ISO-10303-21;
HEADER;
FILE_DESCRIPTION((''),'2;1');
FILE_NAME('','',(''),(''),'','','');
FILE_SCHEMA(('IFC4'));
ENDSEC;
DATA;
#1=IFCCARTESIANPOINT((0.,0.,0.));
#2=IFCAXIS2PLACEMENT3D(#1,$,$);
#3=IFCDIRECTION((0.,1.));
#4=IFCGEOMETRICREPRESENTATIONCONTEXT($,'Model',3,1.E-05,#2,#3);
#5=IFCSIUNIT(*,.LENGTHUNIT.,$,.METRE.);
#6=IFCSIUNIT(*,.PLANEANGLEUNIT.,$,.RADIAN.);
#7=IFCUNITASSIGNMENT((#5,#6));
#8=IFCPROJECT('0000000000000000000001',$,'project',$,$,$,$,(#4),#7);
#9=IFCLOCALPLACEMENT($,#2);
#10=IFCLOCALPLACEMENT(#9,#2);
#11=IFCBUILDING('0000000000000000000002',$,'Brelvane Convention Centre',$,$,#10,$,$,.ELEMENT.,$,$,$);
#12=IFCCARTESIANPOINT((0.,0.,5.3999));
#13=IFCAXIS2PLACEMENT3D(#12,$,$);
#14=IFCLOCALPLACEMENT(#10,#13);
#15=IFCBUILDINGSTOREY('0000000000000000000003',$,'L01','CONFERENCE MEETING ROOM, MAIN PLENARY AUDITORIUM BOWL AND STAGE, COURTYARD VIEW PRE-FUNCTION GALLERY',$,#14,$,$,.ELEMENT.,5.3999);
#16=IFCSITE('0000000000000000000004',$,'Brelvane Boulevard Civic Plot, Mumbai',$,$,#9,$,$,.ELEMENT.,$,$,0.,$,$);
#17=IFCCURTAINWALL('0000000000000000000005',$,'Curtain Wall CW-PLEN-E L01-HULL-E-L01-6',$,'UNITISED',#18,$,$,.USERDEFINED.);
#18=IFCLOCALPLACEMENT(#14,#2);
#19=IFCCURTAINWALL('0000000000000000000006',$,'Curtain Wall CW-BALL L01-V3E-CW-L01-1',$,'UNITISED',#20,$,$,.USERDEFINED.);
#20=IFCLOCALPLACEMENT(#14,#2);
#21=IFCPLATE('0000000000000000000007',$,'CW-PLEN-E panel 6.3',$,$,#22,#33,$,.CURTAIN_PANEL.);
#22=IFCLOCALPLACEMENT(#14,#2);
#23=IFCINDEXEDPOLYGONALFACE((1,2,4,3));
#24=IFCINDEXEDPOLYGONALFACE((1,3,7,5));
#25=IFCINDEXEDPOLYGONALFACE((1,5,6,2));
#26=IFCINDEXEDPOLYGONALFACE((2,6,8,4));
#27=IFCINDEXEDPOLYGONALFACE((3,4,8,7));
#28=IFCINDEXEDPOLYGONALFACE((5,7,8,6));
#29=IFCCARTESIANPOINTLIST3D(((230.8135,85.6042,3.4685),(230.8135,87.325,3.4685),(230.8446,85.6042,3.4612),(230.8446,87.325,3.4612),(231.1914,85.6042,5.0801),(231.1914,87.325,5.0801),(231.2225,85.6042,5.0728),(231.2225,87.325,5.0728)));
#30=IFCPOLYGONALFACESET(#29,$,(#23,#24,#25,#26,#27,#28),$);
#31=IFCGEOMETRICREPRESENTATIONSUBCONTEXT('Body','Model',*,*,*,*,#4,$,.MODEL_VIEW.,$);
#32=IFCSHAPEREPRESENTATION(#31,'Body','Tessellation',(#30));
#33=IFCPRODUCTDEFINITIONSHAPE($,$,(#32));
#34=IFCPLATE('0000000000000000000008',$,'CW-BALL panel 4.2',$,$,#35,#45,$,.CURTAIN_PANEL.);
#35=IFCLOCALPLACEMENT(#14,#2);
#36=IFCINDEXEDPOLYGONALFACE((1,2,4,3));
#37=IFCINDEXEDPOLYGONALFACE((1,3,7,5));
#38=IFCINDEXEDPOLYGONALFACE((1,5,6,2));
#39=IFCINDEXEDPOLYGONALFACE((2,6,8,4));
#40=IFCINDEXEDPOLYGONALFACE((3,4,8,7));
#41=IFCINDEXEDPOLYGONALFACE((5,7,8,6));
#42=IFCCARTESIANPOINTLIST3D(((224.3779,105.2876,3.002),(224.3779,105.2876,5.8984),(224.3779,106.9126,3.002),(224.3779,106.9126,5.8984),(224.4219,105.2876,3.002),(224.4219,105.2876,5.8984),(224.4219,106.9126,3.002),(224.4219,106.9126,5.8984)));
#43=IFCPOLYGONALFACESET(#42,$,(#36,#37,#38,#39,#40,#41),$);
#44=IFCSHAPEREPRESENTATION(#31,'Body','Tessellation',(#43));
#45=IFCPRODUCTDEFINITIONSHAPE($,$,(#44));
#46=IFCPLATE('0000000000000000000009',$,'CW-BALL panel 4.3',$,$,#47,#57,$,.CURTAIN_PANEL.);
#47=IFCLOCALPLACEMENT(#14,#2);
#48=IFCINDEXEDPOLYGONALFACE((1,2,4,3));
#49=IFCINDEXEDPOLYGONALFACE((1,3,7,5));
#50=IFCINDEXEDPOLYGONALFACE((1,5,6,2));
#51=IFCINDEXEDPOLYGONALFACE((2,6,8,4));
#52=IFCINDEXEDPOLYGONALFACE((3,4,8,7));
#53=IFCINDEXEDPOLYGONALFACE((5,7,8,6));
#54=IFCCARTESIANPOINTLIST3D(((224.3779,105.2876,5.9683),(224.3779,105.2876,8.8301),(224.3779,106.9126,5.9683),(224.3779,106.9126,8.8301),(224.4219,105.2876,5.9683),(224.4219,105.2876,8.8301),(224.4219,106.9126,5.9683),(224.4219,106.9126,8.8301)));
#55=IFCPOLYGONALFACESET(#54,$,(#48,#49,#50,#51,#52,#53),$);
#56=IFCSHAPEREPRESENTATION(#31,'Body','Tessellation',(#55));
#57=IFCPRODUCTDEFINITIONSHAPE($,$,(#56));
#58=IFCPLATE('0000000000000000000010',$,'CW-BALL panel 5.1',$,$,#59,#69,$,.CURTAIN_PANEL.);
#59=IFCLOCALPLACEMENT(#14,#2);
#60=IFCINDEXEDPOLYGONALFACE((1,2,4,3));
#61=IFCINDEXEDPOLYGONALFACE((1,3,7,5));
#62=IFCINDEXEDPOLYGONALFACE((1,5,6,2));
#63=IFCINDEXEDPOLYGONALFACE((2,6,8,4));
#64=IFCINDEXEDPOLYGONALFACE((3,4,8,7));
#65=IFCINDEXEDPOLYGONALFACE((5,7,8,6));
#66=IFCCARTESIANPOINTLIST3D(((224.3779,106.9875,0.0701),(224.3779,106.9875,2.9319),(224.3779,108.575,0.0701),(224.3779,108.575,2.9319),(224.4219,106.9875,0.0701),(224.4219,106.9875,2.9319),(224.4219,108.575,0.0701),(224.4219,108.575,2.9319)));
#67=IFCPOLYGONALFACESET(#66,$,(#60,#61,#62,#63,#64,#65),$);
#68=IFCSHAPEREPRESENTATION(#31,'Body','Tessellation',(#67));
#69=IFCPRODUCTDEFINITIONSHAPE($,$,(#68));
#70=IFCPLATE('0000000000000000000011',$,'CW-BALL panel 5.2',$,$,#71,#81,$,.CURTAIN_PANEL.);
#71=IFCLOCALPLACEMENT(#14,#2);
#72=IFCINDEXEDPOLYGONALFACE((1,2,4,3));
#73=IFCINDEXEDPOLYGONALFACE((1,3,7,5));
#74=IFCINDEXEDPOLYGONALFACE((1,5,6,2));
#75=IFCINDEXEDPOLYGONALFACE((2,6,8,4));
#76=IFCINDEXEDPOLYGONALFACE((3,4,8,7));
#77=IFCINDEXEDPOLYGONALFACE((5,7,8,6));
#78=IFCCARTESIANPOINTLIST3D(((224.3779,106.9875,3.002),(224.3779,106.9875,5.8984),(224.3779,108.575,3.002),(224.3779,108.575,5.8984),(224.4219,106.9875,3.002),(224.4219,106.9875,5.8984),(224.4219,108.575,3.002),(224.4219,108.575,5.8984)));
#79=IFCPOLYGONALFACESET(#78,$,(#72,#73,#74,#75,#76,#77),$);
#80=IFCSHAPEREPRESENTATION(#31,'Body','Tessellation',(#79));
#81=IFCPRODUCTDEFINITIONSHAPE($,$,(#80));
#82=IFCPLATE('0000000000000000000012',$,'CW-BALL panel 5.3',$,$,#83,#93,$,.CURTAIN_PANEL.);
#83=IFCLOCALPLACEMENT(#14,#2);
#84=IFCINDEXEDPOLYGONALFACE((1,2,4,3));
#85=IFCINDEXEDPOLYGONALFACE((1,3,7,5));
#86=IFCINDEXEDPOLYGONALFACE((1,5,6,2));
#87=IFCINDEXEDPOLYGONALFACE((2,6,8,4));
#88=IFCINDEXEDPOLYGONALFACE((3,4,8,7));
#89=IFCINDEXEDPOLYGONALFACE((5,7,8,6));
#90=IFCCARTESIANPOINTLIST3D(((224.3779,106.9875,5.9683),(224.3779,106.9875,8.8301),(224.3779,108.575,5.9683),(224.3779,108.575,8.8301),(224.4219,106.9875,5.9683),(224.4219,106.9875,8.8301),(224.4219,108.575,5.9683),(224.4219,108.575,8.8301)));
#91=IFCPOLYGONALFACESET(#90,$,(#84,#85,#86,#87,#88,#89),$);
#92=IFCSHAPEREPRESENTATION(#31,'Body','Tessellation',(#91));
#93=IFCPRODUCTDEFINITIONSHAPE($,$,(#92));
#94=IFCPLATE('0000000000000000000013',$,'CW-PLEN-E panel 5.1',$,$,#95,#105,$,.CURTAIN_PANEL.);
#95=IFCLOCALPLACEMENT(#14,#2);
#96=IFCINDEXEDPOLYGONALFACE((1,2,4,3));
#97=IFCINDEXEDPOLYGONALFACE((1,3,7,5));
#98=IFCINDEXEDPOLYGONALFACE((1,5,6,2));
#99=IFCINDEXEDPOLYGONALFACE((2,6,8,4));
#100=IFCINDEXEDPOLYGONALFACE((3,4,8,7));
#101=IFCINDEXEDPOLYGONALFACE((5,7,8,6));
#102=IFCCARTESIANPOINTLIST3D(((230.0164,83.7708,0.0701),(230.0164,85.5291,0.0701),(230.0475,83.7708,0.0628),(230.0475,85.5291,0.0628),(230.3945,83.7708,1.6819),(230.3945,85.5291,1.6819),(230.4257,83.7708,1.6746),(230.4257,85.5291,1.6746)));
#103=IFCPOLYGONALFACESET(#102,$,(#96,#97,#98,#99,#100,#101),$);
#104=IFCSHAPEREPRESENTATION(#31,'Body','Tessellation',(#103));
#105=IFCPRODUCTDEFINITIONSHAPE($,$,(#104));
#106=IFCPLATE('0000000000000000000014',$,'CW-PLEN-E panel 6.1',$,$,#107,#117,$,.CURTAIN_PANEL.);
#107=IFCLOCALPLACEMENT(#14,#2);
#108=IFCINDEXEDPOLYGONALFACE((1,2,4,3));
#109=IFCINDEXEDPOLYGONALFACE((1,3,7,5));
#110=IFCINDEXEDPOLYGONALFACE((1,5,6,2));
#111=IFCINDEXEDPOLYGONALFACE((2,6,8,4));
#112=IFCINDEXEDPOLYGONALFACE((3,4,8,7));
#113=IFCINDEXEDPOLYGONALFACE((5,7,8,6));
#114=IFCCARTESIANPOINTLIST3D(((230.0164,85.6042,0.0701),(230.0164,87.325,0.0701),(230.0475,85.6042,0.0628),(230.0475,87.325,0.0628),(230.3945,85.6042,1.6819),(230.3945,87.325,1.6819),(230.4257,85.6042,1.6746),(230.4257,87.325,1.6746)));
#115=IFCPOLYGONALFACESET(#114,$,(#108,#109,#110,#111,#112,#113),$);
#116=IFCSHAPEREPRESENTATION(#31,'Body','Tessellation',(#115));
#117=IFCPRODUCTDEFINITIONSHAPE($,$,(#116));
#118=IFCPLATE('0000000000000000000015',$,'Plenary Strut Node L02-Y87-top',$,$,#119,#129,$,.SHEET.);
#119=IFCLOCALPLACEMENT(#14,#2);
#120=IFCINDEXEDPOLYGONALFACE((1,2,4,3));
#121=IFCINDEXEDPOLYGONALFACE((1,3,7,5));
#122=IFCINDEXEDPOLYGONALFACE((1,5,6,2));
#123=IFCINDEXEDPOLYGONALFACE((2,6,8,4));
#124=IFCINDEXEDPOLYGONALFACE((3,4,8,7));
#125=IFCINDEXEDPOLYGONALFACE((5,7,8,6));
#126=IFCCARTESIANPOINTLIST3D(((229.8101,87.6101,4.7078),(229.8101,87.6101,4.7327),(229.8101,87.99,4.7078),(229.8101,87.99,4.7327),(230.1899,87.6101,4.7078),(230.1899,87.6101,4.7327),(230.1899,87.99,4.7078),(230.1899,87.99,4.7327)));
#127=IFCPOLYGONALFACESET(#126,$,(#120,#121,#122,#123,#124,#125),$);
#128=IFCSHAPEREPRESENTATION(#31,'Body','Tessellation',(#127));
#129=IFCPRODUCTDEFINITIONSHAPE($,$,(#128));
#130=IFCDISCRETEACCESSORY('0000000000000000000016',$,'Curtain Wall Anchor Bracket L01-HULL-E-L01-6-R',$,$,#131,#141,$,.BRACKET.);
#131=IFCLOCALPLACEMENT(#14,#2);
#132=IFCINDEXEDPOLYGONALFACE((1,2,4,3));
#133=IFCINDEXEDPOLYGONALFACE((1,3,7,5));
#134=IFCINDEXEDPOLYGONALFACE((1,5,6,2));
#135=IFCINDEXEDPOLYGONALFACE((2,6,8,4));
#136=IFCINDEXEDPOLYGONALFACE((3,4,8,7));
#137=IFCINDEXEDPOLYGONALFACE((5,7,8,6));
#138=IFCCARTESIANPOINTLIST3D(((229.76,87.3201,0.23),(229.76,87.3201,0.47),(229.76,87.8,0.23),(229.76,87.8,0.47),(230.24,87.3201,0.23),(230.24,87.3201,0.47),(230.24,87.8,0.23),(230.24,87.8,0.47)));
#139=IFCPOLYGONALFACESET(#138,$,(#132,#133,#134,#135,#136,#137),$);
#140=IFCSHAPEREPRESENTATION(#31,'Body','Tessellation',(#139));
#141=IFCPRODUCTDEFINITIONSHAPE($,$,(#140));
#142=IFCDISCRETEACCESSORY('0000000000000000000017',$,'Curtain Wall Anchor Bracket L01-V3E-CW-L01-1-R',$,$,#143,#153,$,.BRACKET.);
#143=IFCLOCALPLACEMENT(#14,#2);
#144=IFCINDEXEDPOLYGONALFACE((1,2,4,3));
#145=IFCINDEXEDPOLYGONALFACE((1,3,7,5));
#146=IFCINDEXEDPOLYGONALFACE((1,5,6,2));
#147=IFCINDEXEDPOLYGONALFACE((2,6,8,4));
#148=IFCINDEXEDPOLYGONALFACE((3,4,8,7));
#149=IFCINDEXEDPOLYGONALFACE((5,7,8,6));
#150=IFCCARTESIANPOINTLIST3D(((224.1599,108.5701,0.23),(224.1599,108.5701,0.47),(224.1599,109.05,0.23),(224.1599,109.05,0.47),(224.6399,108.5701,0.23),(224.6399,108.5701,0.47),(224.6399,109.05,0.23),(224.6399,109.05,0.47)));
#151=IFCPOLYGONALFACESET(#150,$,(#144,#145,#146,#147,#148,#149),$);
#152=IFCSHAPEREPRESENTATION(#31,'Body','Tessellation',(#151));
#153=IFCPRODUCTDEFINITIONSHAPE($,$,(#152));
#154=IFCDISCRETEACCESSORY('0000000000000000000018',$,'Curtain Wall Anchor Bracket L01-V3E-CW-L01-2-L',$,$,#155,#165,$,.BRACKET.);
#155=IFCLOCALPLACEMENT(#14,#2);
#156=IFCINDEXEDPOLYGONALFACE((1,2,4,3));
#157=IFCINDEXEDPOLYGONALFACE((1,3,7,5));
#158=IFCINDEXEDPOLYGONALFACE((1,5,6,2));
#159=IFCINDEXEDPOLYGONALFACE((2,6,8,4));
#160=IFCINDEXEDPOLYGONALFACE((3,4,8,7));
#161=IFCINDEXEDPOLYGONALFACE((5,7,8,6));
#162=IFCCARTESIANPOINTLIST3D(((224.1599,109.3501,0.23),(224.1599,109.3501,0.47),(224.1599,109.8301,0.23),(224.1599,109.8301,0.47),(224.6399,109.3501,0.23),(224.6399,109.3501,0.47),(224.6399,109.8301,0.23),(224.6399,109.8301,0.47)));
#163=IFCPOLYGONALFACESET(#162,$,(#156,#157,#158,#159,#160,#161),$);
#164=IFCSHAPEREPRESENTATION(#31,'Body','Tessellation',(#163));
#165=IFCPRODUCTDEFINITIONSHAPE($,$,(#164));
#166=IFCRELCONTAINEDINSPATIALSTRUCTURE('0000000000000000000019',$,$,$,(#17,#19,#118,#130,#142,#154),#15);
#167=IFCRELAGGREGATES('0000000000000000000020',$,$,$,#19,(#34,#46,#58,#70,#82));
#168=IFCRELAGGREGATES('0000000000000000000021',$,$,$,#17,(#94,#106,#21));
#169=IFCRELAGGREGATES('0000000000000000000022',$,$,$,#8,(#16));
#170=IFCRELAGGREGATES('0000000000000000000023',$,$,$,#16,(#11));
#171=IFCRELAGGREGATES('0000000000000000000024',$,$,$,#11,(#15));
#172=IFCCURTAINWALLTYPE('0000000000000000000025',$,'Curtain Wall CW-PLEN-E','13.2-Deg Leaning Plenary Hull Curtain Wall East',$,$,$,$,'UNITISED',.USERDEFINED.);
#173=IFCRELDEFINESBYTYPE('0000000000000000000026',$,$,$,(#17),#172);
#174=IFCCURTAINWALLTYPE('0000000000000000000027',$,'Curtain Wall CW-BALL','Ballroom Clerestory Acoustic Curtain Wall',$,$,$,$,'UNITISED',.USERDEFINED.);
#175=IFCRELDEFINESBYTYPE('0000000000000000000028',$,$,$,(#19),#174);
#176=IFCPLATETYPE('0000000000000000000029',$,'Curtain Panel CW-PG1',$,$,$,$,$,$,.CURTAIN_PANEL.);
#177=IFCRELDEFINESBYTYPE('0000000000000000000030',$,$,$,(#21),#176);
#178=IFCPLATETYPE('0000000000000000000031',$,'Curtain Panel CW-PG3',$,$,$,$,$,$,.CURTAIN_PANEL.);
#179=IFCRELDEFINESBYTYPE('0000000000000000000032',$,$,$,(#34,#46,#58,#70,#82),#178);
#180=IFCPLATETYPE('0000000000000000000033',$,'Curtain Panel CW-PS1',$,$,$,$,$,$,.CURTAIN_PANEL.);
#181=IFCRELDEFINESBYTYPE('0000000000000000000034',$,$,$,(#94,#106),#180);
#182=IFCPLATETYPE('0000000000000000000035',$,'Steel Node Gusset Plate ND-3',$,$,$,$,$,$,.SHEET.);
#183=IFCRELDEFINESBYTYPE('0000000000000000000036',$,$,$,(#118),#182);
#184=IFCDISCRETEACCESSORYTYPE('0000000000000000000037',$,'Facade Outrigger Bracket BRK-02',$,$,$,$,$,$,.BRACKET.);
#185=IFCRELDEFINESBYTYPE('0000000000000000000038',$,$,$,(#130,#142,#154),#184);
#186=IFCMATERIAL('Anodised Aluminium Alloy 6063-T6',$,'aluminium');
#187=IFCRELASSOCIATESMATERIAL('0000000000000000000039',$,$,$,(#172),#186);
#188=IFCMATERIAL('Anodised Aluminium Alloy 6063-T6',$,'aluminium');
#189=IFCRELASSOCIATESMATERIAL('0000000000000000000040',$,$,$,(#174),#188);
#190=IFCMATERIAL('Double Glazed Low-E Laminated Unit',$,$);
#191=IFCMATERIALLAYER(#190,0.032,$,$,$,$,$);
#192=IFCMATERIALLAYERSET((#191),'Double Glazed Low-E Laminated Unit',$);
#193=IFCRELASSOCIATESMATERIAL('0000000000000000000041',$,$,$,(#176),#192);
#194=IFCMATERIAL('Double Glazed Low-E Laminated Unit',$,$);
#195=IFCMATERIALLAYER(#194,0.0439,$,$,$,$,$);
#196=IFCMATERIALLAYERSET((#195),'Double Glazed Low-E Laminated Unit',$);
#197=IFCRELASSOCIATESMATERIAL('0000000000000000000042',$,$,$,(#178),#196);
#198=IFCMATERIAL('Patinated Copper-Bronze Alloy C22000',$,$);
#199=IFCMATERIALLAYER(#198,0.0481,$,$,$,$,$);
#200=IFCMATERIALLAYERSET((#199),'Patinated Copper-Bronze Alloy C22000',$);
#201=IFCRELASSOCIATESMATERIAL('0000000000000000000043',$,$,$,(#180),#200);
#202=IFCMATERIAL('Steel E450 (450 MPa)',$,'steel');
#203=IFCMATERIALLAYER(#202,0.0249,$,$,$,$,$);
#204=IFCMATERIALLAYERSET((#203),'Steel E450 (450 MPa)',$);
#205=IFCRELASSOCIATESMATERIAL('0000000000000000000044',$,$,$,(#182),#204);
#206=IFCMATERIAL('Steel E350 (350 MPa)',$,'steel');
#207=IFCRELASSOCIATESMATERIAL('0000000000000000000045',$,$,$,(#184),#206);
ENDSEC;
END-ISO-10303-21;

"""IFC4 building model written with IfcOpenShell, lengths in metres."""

from ifc_helpers import new_model, si_unit, direction, frame, origin, origin_2d, place, context, subcontext, project, spatial, polyline, rectangle, outline, extrude, material, layer, layer_set, type_object, element, aggregate, save


model = new_model("IFC4")

# Units and contexts
model_context = context("Model", 3, precision=1e-05, world=origin(), true_north=direction((0.0, 1.0)))
body_context = subcontext(model_context, "Body", "Model", "MODEL_VIEW")
ifc_project = project(units=[si_unit("LENGTHUNIT", "METRE"), si_unit("PLANEANGLEUNIT", "RADIAN")], contexts=[model_context])

# Site, building, storey
site_placement = place(None, origin())
site = spatial("IfcSite", under=ifc_project, at=site_placement, Name="Brelvane Boulevard Civic Plot, Mumbai", CompositionType="ELEMENT", RefElevation=0.0)
building_placement = place(site_placement, origin())
building = spatial("IfcBuilding", under=site, at=building_placement, Name="Brelvane Convention Centre", CompositionType="ELEMENT")
storey_placement = place(building_placement, frame((0.0, 0.0, 5.3999)))
storey = spatial("IfcBuildingStorey", under=building, at=storey_placement, Name="L01", Description="CONFERENCE MEETING ROOM, MAIN PLENARY AUDITORIUM BOWL AND STAGE, COURTYARD VIEW PRE-FUNCTION GALLERY", CompositionType="ELEMENT", Elevation=5.3999)

# Curtain walls
ifc_material_1 = material(Name="Anodised Aluminium Alloy 6063-T6", Category="aluminium")
curtain_wall_type_1 = type_object("IfcCurtainWallType", Name="Curtain Wall CW-PLEN-E", Description="13.2-Deg Leaning Plenary Hull Curtain Wall East", ElementType="UNITISED", PredefinedType="USERDEFINED", material=ifc_material_1)
curtain_wall_1_placement = place(storey_placement, origin())
curtain_wall_1 = element("IfcCurtainWall", 1, at=curtain_wall_1_placement, inside=storey, type_object=curtain_wall_type_1, Name="Curtain Wall CW-PLEN-E L01-HULL-E-L01-6", ObjectType="UNITISED", PredefinedType="USERDEFINED")
ifc_material_2 = material(Name="Anodised Aluminium Alloy 6063-T6", Category="aluminium")
curtain_wall_type_2 = type_object("IfcCurtainWallType", Name="Curtain Wall CW-BALL", Description="Ballroom Clerestory Acoustic Curtain Wall", ElementType="UNITISED", PredefinedType="USERDEFINED", material=ifc_material_2)
curtain_wall_2_placement = place(storey_placement, origin())
curtain_wall_2 = element("IfcCurtainWall", 2, at=curtain_wall_2_placement, inside=storey, type_object=curtain_wall_type_2, Name="Curtain Wall CW-BALL L01-V3E-CW-L01-1", ObjectType="UNITISED", PredefinedType="USERDEFINED")

# Plates
ifc_material_3 = material(Name="Double Glazed Low-E Laminated Unit")
ifc_layer_1 = layer(ifc_material_3, 0.032)
ifc_layer_set_1 = layer_set([ifc_layer_1], Name="Double Glazed Low-E Laminated Unit")
plate_type_1 = type_object("IfcPlateType", Name="Curtain Panel CW-PG1", PredefinedType="CURTAIN_PANEL", material=ifc_layer_set_1)
plate_1_placement = place(storey_placement, frame((230.8135, 85.6042, 3.4685), z_axis=(-0.973587, 0.0, 0.228316), x_axis=(0.0, 1.0, 0.0)))
plate_1 = element("IfcPlate", 3, at=plate_1_placement, type_object=plate_type_1, Name="CW-PLEN-E panel 6.3", PredefinedType="CURTAIN_PANEL", context=body_context, shape_type="SweptSolid", body=[
    extrude(outline(polyline([(0.0, 0.0), (1.7207, 0.0), (1.7207, -1.6553), (0.0, -1.6553), (0.0, 0.0)])), origin(), (0.0, 0.0, -1.0), 0.032),
])
ifc_material_4 = material(Name="Double Glazed Low-E Laminated Unit")
ifc_layer_2 = layer(ifc_material_4, 0.0439)
ifc_layer_set_2 = layer_set([ifc_layer_2], Name="Double Glazed Low-E Laminated Unit")
plate_type_2 = type_object("IfcPlateType", Name="Curtain Panel CW-PG3", PredefinedType="CURTAIN_PANEL", material=ifc_layer_set_2)
plate_2_placement = place(storey_placement, frame((224.3999, 106.1001, 3.002), z_axis=(0.0, 0.0, 1.0), x_axis=(0.0, 1.0, 0.0)))
plate_2 = element("IfcPlate", 4, at=plate_2_placement, type_object=plate_type_2, Name="CW-BALL panel 4.2", PredefinedType="CURTAIN_PANEL", context=body_context, shape_type="SweptSolid", body=[
    extrude(rectangle(XDim=1.625, YDim=0.0439, at=origin_2d()), origin(), (0.0, 0.0, 1.0), 2.8965),
])
plate_3_placement = place(storey_placement, frame((224.3999, 106.1001, 5.9683), z_axis=(0.0, 0.0, 1.0), x_axis=(0.0, 1.0, 0.0)))
plate_3 = element("IfcPlate", 5, at=plate_3_placement, type_object=plate_type_2, Name="CW-BALL panel 4.3", PredefinedType="CURTAIN_PANEL", context=body_context, shape_type="SweptSolid", body=[
    extrude(rectangle(XDim=1.625, YDim=0.0439, at=origin_2d()), origin(), (0.0, 0.0, 1.0), 2.8618),
])
plate_4_placement = place(storey_placement, frame((224.3999, 107.7812, 0.0701), z_axis=(0.0, 0.0, 1.0), x_axis=(0.0, 1.0, 0.0)))
plate_4 = element("IfcPlate", 6, at=plate_4_placement, type_object=plate_type_2, Name="CW-BALL panel 5.1", PredefinedType="CURTAIN_PANEL", context=body_context, shape_type="SweptSolid", body=[
    extrude(rectangle(XDim=1.5874, YDim=0.0439, at=origin_2d()), origin(), (0.0, 0.0, 1.0), 2.8618),
])
plate_5_placement = place(storey_placement, frame((224.3999, 107.7812, 3.002), z_axis=(0.0, 0.0, 1.0), x_axis=(0.0, 1.0, 0.0)))
plate_5 = element("IfcPlate", 7, at=plate_5_placement, type_object=plate_type_2, Name="CW-BALL panel 5.2", PredefinedType="CURTAIN_PANEL", context=body_context, shape_type="SweptSolid", body=[
    extrude(rectangle(XDim=1.5874, YDim=0.0439, at=origin_2d()), origin(), (0.0, 0.0, 1.0), 2.8965),
])
plate_6_placement = place(storey_placement, frame((224.3999, 107.7812, 5.9683), z_axis=(0.0, 0.0, 1.0), x_axis=(0.0, 1.0, 0.0)))
plate_6 = element("IfcPlate", 8, at=plate_6_placement, type_object=plate_type_2, Name="CW-BALL panel 5.3", PredefinedType="CURTAIN_PANEL", context=body_context, shape_type="SweptSolid", body=[
    extrude(rectangle(XDim=1.5874, YDim=0.0439, at=origin_2d()), origin(), (0.0, 0.0, 1.0), 2.8618),
])
aggregate(curtain_wall_2, [plate_2, plate_3, plate_4, plate_5, plate_6])
ifc_material_5 = material(Name="Patinated Copper-Bronze Alloy C22000")
ifc_layer_3 = layer(ifc_material_5, 0.0481)
ifc_layer_set_3 = layer_set([ifc_layer_3], Name="Patinated Copper-Bronze Alloy C22000")
plate_type_3 = type_object("IfcPlateType", Name="Curtain Panel CW-PS1", PredefinedType="CURTAIN_PANEL", material=ifc_layer_set_3)
plate_7_placement = place(storey_placement, frame((230.0164, 83.7708, 0.0701), z_axis=(-0.973562, 0.0, 0.228423), x_axis=(0.0, 1.0, 0.0)))
plate_7 = element("IfcPlate", 9, at=plate_7_placement, type_object=plate_type_3, Name="CW-PLEN-E panel 5.1", PredefinedType="CURTAIN_PANEL", context=body_context, shape_type="SweptSolid", body=[
    extrude(outline(polyline([(0.0, 0.0), (1.7583, 0.0), (1.7583, -1.6556), (0.0, -1.6556), (0.0, 0.0)])), origin(), (0.0, 0.0, -1.0), 0.032),
])
plate_8_placement = place(storey_placement, frame((230.0164, 85.6042, 0.0701), z_axis=(-0.973562, 0.0, 0.228423), x_axis=(0.0, 1.0, 0.0)))
plate_8 = element("IfcPlate", 10, at=plate_8_placement, type_object=plate_type_3, Name="CW-PLEN-E panel 6.1", PredefinedType="CURTAIN_PANEL", context=body_context, shape_type="SweptSolid", body=[
    extrude(outline(polyline([(0.0, 0.0), (1.7207, 0.0), (1.7207, -1.6556), (0.0, -1.6556), (0.0, 0.0)])), origin(), (0.0, 0.0, -1.0), 0.032),
])
aggregate(curtain_wall_1, [plate_7, plate_8, plate_1])
ifc_material_6 = material(Name="Steel E450 (450 MPa)", Category="steel")
ifc_layer_4 = layer(ifc_material_6, 0.0249)
ifc_layer_set_4 = layer_set([ifc_layer_4], Name="Steel E450 (450 MPa)")
plate_type_4 = type_object("IfcPlateType", Name="Steel Node Gusset Plate ND-3", PredefinedType="SHEET", material=ifc_layer_set_4)
plate_9_placement = place(storey_placement, frame((230.0, 87.8, 4.7078), z_axis=(0.0, 0.0, 1.0), x_axis=(1.0, 0.0, 0.0)))
element("IfcPlate", 11, at=plate_9_placement, inside=storey, type_object=plate_type_4, Name="Plenary Strut Node L02-Y87-top", PredefinedType="SHEET", context=body_context, shape_type="SweptSolid", body=[
    extrude(rectangle(XDim=0.3799, YDim=0.3799, at=origin_2d()), origin(), (0.0, 0.0, 1.0), 0.0249),
])

# Discrete accessories
ifc_material_7 = material(Name="Steel E350 (350 MPa)", Category="steel")
discrete_accessory_type = type_object("IfcDiscreteAccessoryType", Name="Facade Outrigger Bracket BRK-02", PredefinedType="BRACKET", material=ifc_material_7)
for number, where, z_axis, x_axis, name in (
    (12, (230.0, 87.5601, 0.23), (0.0, 0.0, 1.0), (1.0, 0.0, 0.0), "Curtain Wall Anchor Bracket L01-HULL-E-L01-6-R"),
    (13, (224.3999, 108.8101, 0.23), (0.0, 0.0, 1.0), (1.0, 0.0, 0.0), "Curtain Wall Anchor Bracket L01-V3E-CW-L01-1-R"),
    (14, (224.3999, 109.5901, 0.23), (0.0, 0.0, 1.0), (1.0, 0.0, 0.0), "Curtain Wall Anchor Bracket L01-V3E-CW-L01-2-L"),
):
    element("IfcDiscreteAccessory", number, at=place(storey_placement, frame(where, z_axis=z_axis, x_axis=x_axis)), inside=storey, type_object=discrete_accessory_type, Name=name, PredefinedType="BRACKET", context=body_context, shape_type="SweptSolid", body=[
        extrude(rectangle(XDim=0.48, YDim=0.48, at=origin_2d()), origin(), (0.0, 0.0, 1.0), 0.24),
    ])

save(model, "model.ifc")
